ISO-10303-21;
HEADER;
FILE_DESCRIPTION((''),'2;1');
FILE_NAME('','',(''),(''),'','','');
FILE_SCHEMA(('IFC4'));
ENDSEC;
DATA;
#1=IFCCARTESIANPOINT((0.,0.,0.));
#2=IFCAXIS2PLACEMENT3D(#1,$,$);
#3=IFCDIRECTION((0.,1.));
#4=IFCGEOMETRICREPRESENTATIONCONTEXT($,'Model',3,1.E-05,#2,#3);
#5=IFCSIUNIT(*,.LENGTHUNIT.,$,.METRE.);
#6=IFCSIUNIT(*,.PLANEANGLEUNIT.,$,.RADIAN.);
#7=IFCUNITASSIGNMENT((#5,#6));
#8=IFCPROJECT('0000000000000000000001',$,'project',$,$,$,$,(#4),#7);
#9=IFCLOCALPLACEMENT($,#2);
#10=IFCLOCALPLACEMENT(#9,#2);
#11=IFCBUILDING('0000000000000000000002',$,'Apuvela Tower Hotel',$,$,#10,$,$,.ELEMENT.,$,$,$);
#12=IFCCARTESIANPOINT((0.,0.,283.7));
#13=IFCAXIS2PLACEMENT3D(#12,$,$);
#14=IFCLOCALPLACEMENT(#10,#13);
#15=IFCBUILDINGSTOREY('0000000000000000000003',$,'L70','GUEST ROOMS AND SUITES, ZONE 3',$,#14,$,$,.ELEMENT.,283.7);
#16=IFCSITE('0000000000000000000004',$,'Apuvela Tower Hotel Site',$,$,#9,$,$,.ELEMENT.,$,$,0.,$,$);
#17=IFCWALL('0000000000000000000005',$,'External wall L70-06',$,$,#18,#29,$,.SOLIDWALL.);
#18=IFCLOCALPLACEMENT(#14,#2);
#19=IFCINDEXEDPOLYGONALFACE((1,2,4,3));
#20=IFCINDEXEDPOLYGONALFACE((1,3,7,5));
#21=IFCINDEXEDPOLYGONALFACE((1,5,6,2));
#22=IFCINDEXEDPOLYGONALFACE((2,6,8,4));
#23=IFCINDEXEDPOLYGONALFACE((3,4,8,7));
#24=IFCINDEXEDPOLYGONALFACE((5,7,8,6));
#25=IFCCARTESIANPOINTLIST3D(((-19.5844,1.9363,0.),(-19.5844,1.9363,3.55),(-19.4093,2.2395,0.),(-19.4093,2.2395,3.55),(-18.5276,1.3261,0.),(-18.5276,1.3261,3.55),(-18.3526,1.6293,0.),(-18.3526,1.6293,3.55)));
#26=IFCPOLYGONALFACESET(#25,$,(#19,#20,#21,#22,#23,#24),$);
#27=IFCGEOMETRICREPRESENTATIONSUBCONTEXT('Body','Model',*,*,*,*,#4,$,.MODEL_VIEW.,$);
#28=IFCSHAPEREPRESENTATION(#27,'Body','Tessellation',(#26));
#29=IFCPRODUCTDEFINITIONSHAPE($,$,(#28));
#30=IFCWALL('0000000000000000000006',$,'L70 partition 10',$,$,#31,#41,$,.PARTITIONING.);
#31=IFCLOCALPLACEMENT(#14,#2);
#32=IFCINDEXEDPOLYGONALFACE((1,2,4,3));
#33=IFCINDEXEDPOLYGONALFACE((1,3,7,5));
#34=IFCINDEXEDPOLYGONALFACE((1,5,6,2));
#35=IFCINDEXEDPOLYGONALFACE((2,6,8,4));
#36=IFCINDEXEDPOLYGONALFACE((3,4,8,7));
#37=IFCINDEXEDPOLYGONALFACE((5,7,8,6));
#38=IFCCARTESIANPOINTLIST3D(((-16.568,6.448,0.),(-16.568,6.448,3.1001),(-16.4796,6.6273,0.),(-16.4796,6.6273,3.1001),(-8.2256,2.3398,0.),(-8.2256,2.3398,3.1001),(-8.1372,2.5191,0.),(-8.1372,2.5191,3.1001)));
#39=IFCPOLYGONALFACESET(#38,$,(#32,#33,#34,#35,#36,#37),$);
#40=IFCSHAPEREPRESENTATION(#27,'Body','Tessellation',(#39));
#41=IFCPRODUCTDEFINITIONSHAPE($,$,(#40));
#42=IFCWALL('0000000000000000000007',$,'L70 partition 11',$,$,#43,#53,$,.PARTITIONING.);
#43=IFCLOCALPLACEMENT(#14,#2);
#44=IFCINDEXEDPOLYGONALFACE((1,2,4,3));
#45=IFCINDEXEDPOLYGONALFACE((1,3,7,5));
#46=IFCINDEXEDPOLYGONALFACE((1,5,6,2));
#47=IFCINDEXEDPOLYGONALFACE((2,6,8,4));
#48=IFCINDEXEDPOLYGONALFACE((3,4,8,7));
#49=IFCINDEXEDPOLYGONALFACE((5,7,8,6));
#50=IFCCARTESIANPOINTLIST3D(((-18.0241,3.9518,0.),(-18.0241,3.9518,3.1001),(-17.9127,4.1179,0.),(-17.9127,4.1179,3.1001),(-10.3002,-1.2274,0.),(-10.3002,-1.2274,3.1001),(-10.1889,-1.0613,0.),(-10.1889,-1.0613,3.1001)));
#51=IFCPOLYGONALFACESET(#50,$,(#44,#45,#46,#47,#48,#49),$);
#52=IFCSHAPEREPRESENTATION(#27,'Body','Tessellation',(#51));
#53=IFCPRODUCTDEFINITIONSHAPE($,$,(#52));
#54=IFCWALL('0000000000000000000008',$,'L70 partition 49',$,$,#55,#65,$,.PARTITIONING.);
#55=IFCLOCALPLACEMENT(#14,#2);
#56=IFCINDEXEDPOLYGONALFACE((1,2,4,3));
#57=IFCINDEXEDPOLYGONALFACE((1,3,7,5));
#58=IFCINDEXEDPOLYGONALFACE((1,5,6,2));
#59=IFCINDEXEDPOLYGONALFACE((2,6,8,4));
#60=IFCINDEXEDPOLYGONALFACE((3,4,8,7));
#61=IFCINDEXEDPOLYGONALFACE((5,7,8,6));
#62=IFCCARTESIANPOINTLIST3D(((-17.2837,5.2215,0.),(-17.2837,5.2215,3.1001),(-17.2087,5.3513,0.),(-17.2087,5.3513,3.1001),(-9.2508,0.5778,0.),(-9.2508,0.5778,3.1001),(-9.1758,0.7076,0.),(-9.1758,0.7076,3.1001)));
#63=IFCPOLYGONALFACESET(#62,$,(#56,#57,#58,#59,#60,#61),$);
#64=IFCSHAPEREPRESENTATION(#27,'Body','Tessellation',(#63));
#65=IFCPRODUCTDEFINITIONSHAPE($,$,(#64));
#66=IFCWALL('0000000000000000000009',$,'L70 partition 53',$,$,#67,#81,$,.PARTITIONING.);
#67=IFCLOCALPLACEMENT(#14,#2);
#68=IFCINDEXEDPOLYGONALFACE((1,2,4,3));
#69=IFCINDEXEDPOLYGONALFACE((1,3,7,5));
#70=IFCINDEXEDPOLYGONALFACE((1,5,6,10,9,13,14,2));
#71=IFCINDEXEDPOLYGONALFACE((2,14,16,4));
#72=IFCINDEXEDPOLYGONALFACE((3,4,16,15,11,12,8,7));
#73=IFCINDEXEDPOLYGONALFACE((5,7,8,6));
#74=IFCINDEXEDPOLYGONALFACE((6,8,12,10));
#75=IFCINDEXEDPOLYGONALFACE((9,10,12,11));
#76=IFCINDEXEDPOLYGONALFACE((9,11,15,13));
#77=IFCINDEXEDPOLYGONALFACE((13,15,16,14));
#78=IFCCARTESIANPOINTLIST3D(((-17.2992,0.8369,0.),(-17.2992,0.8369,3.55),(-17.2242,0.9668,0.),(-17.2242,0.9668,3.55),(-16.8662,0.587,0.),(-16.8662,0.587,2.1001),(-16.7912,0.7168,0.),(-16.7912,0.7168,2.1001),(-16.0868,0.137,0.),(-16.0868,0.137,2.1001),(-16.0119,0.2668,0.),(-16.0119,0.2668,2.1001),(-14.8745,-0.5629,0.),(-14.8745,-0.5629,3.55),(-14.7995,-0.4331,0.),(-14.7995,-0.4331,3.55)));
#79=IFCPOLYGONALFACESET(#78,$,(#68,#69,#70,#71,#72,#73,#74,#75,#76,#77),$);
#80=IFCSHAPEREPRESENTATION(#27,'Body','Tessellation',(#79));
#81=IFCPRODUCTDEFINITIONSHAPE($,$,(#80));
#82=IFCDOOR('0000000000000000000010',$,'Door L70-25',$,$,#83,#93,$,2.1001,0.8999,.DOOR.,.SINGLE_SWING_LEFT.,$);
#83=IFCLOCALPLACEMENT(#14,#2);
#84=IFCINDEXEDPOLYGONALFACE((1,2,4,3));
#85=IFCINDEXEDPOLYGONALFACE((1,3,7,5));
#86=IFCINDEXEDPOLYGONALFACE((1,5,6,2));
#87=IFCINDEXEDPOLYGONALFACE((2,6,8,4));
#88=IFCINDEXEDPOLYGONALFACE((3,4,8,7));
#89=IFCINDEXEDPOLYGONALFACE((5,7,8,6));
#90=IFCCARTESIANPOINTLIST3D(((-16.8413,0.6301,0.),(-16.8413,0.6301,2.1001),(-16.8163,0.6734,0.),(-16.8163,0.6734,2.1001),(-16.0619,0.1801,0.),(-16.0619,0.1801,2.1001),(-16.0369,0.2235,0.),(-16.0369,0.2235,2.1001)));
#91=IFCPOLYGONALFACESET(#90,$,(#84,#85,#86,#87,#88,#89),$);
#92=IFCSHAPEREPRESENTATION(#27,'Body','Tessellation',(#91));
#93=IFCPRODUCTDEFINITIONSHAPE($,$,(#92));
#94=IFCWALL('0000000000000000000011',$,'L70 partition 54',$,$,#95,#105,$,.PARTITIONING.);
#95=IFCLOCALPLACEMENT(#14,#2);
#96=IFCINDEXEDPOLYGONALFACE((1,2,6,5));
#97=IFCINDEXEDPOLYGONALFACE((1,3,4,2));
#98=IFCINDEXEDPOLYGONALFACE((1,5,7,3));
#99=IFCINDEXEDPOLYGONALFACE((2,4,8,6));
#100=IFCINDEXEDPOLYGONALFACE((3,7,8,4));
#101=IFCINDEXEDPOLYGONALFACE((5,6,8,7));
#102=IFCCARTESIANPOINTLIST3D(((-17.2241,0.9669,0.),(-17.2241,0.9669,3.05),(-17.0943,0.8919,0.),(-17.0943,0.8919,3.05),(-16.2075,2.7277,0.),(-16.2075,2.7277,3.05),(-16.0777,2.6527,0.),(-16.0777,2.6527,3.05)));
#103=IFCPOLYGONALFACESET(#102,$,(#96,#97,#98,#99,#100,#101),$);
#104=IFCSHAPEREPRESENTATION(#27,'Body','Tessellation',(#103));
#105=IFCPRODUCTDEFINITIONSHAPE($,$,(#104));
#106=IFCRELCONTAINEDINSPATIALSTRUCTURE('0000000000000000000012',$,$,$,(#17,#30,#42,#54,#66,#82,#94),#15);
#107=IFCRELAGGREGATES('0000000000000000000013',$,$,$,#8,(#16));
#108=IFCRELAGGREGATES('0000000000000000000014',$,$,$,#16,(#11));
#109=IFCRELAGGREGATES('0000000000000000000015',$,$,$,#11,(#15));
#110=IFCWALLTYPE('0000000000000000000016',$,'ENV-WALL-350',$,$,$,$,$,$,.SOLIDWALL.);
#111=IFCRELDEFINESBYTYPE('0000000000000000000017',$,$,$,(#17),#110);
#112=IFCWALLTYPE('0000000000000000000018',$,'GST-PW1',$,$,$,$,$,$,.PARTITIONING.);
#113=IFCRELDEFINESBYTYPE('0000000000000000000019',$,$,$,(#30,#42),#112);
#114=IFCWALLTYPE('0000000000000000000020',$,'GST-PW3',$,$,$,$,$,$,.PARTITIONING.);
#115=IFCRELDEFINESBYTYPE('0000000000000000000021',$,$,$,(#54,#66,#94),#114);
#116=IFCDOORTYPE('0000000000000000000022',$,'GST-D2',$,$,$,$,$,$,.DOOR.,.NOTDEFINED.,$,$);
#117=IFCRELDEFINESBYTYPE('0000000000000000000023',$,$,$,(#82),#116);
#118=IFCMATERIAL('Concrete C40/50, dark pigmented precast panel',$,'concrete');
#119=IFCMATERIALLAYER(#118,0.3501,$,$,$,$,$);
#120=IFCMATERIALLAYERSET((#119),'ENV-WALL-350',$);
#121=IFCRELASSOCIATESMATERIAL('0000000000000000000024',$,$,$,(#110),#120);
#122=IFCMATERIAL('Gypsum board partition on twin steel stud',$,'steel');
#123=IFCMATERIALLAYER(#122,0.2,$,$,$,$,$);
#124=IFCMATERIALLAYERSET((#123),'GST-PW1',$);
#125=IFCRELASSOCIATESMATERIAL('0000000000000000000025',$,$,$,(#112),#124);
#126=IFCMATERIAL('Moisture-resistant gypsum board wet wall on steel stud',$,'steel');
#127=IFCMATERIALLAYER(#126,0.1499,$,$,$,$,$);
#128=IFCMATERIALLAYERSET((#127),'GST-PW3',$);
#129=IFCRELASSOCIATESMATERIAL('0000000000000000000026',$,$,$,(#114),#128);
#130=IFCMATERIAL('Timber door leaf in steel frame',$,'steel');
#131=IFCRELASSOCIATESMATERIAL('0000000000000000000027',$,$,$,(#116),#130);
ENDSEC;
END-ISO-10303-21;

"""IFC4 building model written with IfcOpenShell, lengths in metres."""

from ifc_helpers import new_model, si_unit, direction, frame, frame_2d, origin, place, context, subcontext, project, spatial, rectangle, extrude, material, layer, layer_set, type_object, element, fill, save


model = new_model("IFC4")

# Units and contexts
model_context = context("Model", 3, precision=1e-05, world=origin(), true_north=direction((0.0, 1.0)))
body_context = subcontext(model_context, "Body", "Model", "MODEL_VIEW")
ifc_project = project(units=[si_unit("LENGTHUNIT", "METRE"), si_unit("PLANEANGLEUNIT", "RADIAN")], contexts=[model_context])

# Site, building, storey
site_placement = place(None, origin())
site = spatial("IfcSite", under=ifc_project, at=site_placement, Name="Apuvela Tower Hotel Site", CompositionType="ELEMENT", RefElevation=0.0)
building_placement = place(site_placement, origin())
building = spatial("IfcBuilding", under=site, at=building_placement, Name="Apuvela Tower Hotel", CompositionType="ELEMENT")
storey_placement = place(building_placement, frame((0.0, 0.0, 283.7)))
storey = spatial("IfcBuildingStorey", under=building, at=storey_placement, Name="L70", Description="GUEST ROOMS AND SUITES, ZONE 3", CompositionType="ELEMENT", Elevation=283.7)

# Shared definitions
ifc_material_1 = material(Name="Concrete C40/50, dark pigmented precast panel", Category="concrete")
ifc_layer_1 = layer(ifc_material_1, 0.3501)
ifc_layer_set_1 = layer_set([ifc_layer_1], Name="ENV-WALL-350")
wall_type_1 = type_object("IfcWallType", Name="ENV-WALL-350", PredefinedType="SOLIDWALL", material=ifc_layer_set_1)

# Wall
wall_1_placement = place(storey_placement, frame((-19.4968, 2.0879, 0.0), z_axis=(0.0, 0.0, 1.0), x_axis=(0.866006, -0.500034, 0.0)))
element("IfcWall", 1, at=wall_1_placement, inside=storey, type_object=wall_type_1, Name="External wall L70-06", PredefinedType="SOLIDWALL", context=body_context, shape_type="SweptSolid", body=[
    extrude(rectangle(XDim=1.2202, YDim=0.3501, at=frame_2d((0.6101, 0.0))), origin(), (0.0, 0.0, 1.0), 3.55),
])

# Walls
ifc_material_2 = material(Name="Gypsum board partition on twin steel stud", Category="steel")
ifc_layer_2 = layer(ifc_material_2, 0.2)
ifc_layer_set_2 = layer_set([ifc_layer_2], Name="GST-PW1")
wall_type_2 = type_object("IfcWallType", Name="GST-PW1", PredefinedType="PARTITIONING", material=ifc_layer_set_2)
wall_2_placement = place(storey_placement, frame((-16.5237, 6.5376, 0.0), z_axis=(0.0, 0.0, 1.0), x_axis=(0.89712, -0.441786, 0.0)))
element("IfcWall", 2, at=wall_2_placement, inside=storey, type_object=wall_type_2, Name="L70 partition 10", PredefinedType="PARTITIONING", context=body_context, shape_type="SweptSolid", body=[
    extrude(rectangle(XDim=9.2991, YDim=0.2, at=frame_2d((4.6494, 0.0))), origin(), (0.0, 0.0, 1.0), 3.1001),
])
wall_3_placement = place(storey_placement, frame((-17.9685, 4.0349, 0.0), z_axis=(0.0, 0.0, 1.0), x_axis=(0.830561, -0.556928, 0.0)))
element("IfcWall", 3, at=wall_3_placement, inside=storey, type_object=wall_type_2, Name="L70 partition 11", PredefinedType="PARTITIONING", context=body_context, shape_type="SweptSolid", body=[
    extrude(rectangle(XDim=9.2996, YDim=0.2, at=frame_2d((4.6499, 0.0))), origin(), (0.0, 0.0, 1.0), 3.1001),
])
ifc_material_3 = material(Name="Moisture-resistant gypsum board wet wall on steel stud", Category="steel")
ifc_layer_3 = layer(ifc_material_3, 0.1499)
ifc_layer_set_3 = layer_set([ifc_layer_3], Name="GST-PW3")
wall_type_3 = type_object("IfcWallType", Name="GST-PW3", PredefinedType="PARTITIONING", material=ifc_layer_set_3)
wall_4_placement = place(storey_placement, frame((-17.2461, 5.2864, 0.0), z_axis=(0.0, 0.0, 1.0), x_axis=(0.865747, -0.500482, 0.0)))
element("IfcWall", 4, at=wall_4_placement, inside=storey, type_object=wall_type_3, Name="L70 partition 49", PredefinedType="PARTITIONING", context=body_context, shape_type="SweptSolid", body=[
    extrude(rectangle(XDim=9.2786, YDim=0.1499, at=frame_2d((4.6392, 0.0))), origin(), (0.0, 0.0, 1.0), 3.1001),
])

# Wall, opening, door
wall_5_placement = place(storey_placement, frame((-17.2617, 0.9019, 0.0), z_axis=(0.0, 0.0, 1.0), x_axis=(0.866035, -0.499984, 0.0)))
wall_5 = element("IfcWall", 5, at=wall_5_placement, inside=storey, type_object=wall_type_3, Name="L70 partition 53", PredefinedType="PARTITIONING", context=body_context, shape_type="SweptSolid", body=[
    extrude(rectangle(XDim=2.7998, YDim=0.1499, at=frame_2d((1.3999, 0.0))), origin(), (0.0, 0.0, 1.0), 3.55),
])
opening_1_placement = place(wall_5_placement, frame((0.5, 0.0, 0.0)))
opening_1 = element("IfcOpeningElement", 6, at=opening_1_placement, cuts=wall_5, PredefinedType="OPENING", context=body_context, shape_type="SweptSolid", body=[
    extrude(rectangle(XDim=0.8999, YDim=2.1001, at=frame_2d((0.45, 1.05))), frame((0.0, 0.085, 0.0), z_axis=(0.0, -1.0, 0.0), x_axis=(1.0, 0.0, 0.0)), (0.0, 0.0, 1.0), 0.1699),
])
ifc_material_4 = material(Name="Timber door leaf in steel frame", Category="steel")
door_type_1 = type_object("IfcDoorType", Name="GST-D2", OperationType="NOTDEFINED", PredefinedType="DOOR", material=ifc_material_4)
door_1_placement = place(opening_1_placement, origin())
door_1 = element("IfcDoor", 7, at=door_1_placement, inside=storey, type_object=door_type_1, Name="Door L70-25", OperationType="SINGLE_SWING_LEFT", OverallHeight=2.1001, OverallWidth=0.8999, PredefinedType="DOOR", context=body_context, shape_type="SweptSolid", body=[
    extrude(rectangle(XDim=0.8999, YDim=2.1001, at=frame_2d((0.45, 1.05))), frame((0.0, 0.0249, 0.0), z_axis=(0.0, -1.0, 0.0), x_axis=(1.0, 0.0, 0.0)), (0.0, 0.0, 1.0), 0.05),
])
fill(opening_1, door_1)

# Wall
wall_6_placement = place(storey_placement, frame((-16.1426, 2.6902, 0.0), z_axis=(0.0, 0.0, 1.0), x_axis=(-0.500013, -0.866018, 0.0)))
element("IfcWall", 8, at=wall_6_placement, inside=storey, type_object=wall_type_3, Name="L70 partition 54", PredefinedType="PARTITIONING", context=body_context, shape_type="SweptSolid", body=[
    extrude(rectangle(XDim=2.0332, YDim=0.1499, at=frame_2d((1.0166, 0.0))), origin(), (0.0, 0.0, 1.0), 3.05),
])

save(model, "model.ifc")
